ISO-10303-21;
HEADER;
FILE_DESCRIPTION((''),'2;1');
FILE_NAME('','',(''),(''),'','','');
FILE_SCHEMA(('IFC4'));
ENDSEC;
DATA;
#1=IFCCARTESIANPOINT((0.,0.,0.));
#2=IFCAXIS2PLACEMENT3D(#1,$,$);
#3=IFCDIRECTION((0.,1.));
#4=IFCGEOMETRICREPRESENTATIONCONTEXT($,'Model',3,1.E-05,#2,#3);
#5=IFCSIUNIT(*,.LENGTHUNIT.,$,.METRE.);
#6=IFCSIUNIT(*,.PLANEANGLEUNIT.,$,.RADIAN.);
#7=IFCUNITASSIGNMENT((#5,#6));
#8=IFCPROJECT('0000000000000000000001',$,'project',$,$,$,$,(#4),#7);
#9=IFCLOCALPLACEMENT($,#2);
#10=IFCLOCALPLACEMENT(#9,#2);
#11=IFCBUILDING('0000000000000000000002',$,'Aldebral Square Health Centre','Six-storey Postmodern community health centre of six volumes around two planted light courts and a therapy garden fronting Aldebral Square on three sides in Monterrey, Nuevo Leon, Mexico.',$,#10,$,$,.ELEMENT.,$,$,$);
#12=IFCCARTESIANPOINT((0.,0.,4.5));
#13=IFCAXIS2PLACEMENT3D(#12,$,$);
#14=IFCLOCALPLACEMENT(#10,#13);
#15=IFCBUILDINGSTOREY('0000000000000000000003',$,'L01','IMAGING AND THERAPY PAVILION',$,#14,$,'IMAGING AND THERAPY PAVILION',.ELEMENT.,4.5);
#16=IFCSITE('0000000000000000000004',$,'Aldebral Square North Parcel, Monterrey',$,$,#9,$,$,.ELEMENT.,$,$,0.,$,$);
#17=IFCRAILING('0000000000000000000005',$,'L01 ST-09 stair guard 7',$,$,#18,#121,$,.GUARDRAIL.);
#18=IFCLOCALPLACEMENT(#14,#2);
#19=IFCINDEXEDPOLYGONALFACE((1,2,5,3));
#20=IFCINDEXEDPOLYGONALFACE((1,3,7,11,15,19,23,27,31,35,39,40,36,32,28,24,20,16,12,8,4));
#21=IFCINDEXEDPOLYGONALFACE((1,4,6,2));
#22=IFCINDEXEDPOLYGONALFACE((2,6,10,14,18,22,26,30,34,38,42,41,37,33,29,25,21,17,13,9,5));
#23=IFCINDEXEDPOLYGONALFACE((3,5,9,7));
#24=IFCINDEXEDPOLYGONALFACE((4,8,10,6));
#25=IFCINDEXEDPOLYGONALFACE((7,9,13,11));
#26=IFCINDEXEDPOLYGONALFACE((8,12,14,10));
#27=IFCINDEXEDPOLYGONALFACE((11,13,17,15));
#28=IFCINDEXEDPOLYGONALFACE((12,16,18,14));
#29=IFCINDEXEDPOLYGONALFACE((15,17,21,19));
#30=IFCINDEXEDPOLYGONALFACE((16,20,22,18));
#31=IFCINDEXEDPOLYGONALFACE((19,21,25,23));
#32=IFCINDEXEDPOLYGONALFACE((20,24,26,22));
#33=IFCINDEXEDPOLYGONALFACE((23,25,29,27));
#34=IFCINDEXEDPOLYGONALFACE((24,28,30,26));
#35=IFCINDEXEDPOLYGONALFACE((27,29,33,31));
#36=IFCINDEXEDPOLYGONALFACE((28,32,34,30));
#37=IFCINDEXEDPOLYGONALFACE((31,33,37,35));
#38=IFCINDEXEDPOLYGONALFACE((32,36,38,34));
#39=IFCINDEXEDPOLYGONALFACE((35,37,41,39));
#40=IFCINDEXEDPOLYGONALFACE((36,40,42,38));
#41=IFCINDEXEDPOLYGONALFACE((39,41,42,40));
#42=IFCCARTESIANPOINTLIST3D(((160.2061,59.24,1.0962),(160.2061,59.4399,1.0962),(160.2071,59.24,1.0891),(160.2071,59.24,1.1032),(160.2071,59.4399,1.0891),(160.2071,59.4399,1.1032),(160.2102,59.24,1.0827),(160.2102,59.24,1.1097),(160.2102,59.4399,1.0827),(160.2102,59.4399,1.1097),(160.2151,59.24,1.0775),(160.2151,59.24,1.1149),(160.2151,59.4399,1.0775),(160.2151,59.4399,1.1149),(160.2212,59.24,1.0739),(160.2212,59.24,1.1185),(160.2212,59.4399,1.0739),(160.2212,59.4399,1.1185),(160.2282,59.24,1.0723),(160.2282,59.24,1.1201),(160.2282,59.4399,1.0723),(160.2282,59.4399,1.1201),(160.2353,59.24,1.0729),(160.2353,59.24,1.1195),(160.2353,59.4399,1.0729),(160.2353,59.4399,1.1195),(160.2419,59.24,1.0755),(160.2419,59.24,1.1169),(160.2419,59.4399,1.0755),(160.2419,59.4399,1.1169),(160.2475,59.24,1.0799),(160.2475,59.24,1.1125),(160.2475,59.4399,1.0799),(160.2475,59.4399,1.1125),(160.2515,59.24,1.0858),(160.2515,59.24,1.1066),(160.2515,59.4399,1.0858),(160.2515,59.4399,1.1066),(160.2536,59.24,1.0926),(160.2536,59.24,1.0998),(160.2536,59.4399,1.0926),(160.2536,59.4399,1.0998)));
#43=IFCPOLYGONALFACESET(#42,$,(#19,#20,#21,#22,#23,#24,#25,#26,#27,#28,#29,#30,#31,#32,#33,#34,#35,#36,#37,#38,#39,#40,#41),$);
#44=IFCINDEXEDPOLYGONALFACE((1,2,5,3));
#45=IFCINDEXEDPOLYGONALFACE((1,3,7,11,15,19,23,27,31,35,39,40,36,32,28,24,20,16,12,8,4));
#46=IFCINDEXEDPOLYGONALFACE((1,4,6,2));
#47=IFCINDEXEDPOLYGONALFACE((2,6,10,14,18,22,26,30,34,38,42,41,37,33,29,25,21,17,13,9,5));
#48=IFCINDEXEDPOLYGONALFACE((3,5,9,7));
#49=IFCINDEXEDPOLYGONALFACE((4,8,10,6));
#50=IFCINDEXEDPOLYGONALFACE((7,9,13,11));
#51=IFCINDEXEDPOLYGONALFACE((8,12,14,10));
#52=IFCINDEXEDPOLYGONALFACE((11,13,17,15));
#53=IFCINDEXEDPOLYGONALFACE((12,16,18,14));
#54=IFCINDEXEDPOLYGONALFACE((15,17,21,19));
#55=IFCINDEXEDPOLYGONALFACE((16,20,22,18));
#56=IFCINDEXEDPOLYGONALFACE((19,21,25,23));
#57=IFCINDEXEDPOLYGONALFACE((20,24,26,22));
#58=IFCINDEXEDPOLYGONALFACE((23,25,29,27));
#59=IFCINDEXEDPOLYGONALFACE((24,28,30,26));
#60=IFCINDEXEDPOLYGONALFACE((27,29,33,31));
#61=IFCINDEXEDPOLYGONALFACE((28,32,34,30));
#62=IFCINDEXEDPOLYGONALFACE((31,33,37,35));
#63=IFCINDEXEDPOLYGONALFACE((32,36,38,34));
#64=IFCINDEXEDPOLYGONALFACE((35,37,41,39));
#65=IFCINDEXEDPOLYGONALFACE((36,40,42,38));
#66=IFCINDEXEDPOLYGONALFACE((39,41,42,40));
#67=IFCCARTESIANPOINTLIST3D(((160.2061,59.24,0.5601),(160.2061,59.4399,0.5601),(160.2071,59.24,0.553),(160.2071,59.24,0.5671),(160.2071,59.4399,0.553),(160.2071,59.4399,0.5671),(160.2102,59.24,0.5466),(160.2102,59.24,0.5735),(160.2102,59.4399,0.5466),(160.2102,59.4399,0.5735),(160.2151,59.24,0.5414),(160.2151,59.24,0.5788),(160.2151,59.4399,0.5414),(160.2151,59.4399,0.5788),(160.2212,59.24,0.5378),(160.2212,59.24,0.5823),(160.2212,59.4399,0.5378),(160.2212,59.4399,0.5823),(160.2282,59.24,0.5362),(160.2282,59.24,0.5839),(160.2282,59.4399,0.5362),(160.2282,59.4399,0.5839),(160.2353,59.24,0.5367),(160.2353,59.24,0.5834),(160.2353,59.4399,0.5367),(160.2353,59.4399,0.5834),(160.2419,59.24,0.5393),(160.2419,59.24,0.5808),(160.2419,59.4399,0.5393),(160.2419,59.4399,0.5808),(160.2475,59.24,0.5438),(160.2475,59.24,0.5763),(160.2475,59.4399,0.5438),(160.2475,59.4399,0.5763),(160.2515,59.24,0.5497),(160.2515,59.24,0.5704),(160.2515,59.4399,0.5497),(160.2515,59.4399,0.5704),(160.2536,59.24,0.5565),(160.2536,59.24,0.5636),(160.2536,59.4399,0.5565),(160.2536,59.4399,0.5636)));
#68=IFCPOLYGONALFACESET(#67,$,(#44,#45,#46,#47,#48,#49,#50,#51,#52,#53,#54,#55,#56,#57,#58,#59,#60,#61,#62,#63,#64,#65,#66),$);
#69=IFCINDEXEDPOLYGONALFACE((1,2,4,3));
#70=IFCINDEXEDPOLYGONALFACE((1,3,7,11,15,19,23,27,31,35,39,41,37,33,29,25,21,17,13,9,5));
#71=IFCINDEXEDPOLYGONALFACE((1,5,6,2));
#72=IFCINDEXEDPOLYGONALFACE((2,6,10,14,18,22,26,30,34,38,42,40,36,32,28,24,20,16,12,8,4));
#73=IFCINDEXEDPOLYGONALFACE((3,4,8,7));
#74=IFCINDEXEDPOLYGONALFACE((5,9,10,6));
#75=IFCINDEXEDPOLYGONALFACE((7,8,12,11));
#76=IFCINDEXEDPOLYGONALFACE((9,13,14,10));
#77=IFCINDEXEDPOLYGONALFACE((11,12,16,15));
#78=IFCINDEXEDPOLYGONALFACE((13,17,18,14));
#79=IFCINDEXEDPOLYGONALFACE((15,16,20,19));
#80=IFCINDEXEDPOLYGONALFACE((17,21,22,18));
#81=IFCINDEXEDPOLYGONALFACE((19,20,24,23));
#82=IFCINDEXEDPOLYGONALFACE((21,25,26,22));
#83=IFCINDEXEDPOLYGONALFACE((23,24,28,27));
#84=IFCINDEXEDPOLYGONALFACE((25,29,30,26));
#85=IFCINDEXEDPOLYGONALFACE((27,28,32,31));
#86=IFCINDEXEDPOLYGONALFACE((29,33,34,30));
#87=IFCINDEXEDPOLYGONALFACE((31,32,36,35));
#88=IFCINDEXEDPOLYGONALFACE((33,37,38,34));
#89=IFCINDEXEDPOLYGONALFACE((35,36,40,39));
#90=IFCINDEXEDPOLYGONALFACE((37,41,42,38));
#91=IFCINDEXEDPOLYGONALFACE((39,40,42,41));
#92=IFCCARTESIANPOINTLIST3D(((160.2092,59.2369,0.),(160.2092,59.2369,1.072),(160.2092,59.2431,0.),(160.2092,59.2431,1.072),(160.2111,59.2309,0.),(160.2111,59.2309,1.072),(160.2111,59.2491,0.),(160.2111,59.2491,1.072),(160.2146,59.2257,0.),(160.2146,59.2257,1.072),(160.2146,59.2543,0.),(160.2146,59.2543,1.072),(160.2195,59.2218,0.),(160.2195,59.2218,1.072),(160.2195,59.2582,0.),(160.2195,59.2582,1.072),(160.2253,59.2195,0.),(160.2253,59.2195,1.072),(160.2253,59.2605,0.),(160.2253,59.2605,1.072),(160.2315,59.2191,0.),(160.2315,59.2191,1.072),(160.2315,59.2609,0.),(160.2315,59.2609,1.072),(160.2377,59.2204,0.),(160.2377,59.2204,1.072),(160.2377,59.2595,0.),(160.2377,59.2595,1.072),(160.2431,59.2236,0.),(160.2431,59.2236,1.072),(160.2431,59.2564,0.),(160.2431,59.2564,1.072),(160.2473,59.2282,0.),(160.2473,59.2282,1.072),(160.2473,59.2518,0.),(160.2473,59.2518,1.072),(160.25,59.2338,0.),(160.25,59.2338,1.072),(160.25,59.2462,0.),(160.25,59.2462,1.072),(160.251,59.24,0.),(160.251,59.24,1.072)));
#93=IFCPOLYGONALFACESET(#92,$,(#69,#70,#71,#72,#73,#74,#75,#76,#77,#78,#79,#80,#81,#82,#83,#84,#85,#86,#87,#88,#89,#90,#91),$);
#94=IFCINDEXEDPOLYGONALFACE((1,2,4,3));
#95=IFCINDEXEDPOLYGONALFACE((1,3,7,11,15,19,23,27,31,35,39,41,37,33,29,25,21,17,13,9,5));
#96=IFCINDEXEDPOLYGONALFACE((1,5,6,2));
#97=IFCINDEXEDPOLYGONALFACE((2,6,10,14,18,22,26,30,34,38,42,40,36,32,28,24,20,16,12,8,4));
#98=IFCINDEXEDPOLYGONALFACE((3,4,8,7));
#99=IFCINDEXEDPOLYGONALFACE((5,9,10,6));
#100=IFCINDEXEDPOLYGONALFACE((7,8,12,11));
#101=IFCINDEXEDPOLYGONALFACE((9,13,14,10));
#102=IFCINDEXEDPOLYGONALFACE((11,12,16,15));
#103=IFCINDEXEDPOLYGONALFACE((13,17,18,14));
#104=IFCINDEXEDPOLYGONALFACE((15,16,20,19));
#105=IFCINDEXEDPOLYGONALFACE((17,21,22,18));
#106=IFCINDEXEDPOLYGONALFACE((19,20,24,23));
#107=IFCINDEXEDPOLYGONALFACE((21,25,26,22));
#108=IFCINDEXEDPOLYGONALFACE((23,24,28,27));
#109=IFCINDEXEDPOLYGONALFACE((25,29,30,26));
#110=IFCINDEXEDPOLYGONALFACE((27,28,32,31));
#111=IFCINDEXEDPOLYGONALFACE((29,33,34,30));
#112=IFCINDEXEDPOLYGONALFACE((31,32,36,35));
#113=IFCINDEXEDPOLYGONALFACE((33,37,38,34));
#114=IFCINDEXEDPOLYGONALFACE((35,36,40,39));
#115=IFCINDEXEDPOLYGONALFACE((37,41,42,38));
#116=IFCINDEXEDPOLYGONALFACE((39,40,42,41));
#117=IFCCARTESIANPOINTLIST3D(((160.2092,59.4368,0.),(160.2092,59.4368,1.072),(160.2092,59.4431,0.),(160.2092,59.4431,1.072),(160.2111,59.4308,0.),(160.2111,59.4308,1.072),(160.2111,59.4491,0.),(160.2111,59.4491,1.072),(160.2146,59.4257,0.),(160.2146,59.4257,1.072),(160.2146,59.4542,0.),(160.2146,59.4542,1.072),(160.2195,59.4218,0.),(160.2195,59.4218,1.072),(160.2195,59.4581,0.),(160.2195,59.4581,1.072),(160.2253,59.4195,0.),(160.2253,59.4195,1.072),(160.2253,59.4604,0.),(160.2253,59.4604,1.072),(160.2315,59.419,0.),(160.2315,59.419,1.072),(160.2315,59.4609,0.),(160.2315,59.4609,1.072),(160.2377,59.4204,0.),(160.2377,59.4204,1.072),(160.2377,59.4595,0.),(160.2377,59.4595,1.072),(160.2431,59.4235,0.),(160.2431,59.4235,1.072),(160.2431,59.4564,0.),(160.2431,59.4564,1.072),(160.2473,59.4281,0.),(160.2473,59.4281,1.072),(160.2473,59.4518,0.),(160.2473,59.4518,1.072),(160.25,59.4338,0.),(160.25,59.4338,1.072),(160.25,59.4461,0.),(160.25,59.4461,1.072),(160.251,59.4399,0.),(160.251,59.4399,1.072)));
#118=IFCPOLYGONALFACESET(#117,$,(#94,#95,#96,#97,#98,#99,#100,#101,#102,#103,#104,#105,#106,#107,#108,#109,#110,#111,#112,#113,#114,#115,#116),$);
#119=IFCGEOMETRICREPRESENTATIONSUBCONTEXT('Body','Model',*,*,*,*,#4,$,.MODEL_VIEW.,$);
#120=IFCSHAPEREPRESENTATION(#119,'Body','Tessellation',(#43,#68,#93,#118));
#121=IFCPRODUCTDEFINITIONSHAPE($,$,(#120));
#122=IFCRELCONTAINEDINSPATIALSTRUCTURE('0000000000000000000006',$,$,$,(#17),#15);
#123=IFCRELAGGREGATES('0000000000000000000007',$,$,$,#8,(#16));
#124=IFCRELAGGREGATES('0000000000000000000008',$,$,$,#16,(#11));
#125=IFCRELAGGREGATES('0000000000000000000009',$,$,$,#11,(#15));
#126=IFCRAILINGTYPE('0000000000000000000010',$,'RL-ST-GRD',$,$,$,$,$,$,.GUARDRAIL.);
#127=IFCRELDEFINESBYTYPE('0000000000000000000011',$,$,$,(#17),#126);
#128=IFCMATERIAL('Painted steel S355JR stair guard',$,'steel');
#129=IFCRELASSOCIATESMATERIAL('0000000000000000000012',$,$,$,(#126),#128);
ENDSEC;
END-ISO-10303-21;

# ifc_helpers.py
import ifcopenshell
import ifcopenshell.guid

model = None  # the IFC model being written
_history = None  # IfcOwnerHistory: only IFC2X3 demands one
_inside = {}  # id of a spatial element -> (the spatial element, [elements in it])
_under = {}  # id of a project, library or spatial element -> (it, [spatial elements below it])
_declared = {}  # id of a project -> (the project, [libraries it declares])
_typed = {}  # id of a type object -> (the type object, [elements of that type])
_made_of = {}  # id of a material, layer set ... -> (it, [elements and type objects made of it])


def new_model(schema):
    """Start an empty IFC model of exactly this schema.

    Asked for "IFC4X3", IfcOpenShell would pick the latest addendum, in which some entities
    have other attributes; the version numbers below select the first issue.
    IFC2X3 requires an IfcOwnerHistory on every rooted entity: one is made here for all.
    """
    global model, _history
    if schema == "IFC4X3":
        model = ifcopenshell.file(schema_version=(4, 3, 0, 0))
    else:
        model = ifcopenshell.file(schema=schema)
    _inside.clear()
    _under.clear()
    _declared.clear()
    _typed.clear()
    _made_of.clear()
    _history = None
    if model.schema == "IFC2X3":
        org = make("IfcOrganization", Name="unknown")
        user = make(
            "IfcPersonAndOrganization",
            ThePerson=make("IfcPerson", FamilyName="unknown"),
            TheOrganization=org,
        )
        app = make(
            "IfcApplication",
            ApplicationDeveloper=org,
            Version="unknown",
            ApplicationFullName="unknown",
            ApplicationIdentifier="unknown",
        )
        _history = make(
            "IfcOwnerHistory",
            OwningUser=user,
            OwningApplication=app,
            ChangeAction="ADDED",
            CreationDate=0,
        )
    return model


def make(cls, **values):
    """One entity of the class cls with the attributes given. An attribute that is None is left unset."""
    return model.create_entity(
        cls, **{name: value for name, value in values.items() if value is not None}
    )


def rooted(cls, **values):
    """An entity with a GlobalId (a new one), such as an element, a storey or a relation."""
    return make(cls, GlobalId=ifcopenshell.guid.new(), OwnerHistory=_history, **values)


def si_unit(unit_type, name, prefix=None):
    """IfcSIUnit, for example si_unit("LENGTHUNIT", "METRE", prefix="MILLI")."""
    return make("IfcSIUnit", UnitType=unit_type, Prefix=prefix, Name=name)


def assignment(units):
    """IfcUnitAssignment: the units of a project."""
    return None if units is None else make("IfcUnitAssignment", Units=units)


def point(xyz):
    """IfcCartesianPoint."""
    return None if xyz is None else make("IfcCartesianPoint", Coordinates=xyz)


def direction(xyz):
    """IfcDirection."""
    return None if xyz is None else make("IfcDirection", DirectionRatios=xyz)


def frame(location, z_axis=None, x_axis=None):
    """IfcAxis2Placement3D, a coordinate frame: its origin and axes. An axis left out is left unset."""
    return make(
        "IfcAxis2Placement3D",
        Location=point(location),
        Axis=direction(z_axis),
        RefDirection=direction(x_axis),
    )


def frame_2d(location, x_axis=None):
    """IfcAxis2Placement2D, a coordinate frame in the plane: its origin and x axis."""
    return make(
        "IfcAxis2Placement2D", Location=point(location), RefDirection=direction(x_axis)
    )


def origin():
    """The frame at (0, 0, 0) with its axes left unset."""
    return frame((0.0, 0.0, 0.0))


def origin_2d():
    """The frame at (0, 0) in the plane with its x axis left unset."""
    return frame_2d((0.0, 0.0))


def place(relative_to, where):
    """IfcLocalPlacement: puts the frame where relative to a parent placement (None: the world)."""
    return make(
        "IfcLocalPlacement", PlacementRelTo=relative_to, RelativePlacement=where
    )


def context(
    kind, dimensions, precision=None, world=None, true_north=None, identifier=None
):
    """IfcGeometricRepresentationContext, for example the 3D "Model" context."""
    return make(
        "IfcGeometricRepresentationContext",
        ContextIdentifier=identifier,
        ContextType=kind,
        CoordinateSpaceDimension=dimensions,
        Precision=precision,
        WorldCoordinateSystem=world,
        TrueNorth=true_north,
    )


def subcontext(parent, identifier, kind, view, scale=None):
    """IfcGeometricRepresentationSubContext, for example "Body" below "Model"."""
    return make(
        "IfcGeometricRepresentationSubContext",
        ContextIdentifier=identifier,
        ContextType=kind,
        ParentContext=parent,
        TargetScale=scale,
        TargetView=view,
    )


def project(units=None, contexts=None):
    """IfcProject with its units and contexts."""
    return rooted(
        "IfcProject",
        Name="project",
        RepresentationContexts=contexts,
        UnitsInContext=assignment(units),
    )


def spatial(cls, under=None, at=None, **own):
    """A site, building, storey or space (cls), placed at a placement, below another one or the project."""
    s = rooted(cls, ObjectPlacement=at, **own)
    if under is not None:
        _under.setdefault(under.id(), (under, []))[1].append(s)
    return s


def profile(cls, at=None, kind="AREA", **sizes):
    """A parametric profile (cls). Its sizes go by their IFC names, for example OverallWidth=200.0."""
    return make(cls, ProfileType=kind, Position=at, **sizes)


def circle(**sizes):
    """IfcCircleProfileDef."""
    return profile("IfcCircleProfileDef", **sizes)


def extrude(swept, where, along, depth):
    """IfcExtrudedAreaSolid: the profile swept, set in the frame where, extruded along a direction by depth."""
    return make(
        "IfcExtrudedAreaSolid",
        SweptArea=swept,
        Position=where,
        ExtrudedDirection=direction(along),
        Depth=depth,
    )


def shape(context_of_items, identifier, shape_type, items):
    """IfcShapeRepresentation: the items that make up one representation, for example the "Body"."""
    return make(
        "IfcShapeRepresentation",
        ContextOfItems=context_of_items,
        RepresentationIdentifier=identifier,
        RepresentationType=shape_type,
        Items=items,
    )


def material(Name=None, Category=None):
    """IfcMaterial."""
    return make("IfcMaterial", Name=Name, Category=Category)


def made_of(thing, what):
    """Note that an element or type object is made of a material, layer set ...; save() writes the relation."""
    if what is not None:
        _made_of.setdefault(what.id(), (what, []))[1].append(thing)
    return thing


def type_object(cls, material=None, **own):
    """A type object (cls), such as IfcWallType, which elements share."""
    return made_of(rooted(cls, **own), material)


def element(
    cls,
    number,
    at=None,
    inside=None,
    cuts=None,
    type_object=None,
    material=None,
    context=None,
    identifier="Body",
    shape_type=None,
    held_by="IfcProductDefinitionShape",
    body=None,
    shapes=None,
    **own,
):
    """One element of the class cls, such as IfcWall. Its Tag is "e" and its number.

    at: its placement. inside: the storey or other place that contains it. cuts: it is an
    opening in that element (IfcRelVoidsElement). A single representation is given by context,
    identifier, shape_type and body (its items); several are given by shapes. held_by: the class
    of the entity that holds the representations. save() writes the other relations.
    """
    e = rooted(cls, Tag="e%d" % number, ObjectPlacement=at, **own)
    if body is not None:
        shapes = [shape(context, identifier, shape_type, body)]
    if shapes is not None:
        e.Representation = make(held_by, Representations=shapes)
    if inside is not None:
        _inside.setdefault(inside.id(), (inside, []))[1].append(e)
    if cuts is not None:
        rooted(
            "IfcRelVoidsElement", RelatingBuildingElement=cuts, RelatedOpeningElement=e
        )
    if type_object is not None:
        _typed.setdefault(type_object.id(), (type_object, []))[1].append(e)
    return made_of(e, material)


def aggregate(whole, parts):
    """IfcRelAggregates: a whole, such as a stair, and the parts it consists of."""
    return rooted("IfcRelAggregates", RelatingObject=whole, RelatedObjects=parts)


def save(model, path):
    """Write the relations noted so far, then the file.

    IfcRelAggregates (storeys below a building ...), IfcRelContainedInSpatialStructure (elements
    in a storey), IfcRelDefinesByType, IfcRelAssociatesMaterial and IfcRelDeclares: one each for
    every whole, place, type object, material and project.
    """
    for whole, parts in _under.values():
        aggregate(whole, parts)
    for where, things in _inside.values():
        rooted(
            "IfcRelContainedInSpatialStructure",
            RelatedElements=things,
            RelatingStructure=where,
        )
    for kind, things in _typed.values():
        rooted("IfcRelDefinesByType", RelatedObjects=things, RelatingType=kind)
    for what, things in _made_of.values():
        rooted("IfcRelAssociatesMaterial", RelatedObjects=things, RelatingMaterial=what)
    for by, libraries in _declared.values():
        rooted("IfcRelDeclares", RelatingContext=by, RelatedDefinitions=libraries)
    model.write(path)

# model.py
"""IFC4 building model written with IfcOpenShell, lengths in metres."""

from ifc_helpers import new_model, si_unit, direction, frame, origin, origin_2d, place, context, subcontext, project, spatial, circle, extrude, material, type_object, element, save


model = new_model("IFC4")

# Units and contexts
model_context = context("Model", 3, precision=1e-05, world=origin(), true_north=direction((0.0, 1.0)))
body_context = subcontext(model_context, "Body", "Model", "MODEL_VIEW")
ifc_project = project(units=[si_unit("LENGTHUNIT", "METRE"), si_unit("PLANEANGLEUNIT", "RADIAN")], contexts=[model_context])

# Site, building, storey
site_placement = place(None, origin())
site = spatial("IfcSite", under=ifc_project, at=site_placement, Name="Aldebral Square North Parcel, Monterrey", CompositionType="ELEMENT", RefElevation=0.0)
building_placement = place(site_placement, origin())
building = spatial("IfcBuilding", under=site, at=building_placement, Name="Aldebral Square Health Centre", Description="Six-storey Postmodern community health centre of six volumes around two planted light courts and a therapy garden fronting Aldebral Square on three sides in Monterrey, Nuevo Leon, Mexico.", CompositionType="ELEMENT")
storey_placement = place(building_placement, frame((0.0, 0.0, 4.5)))
storey = spatial("IfcBuildingStorey", under=building, at=storey_placement, Name="L01", Description="IMAGING AND THERAPY PAVILION", LongName="IMAGING AND THERAPY PAVILION", CompositionType="ELEMENT", Elevation=4.5)

# Railing
ifc_material_1 = material(Name="Painted steel S355JR stair guard", Category="steel")
railing_type_1 = type_object("IfcRailingType", Name="RL-ST-GRD", PredefinedType="GUARDRAIL", material=ifc_material_1)
railing_1_placement = place(storey_placement, frame((160.23, 59.24, 0.0)))
element("IfcRailing", 1, at=railing_1_placement, inside=storey, type_object=railing_type_1, Name="L01 ST-09 stair guard 7", PredefinedType="GUARDRAIL", context=body_context, shape_type="SweptSolid", body=[
    extrude(circle(Radius=0.0239, at=origin_2d()), frame((0.0, 0.0, 1.0962), z_axis=(0.0, 1.0, 0.0), x_axis=(-1.0, 0.0, 0.0)), (0.0, 0.0, 1.0), 0.2),
    extrude(circle(Radius=0.0239, at=origin_2d()), frame((0.0, 0.0, 0.5601), z_axis=(0.0, 1.0, 0.0), x_axis=(-1.0, 0.0, 0.0)), (0.0, 0.0, 1.0), 0.2),
    extrude(circle(Radius=0.021, at=origin_2d()), origin(), (0.0, 0.0, 1.0), 1.072),
    extrude(circle(Radius=0.021, at=origin_2d()), frame((0.0, 0.2, 0.0)), (0.0, 0.0, 1.0), 1.072),
])

save(model, "model.ifc")
